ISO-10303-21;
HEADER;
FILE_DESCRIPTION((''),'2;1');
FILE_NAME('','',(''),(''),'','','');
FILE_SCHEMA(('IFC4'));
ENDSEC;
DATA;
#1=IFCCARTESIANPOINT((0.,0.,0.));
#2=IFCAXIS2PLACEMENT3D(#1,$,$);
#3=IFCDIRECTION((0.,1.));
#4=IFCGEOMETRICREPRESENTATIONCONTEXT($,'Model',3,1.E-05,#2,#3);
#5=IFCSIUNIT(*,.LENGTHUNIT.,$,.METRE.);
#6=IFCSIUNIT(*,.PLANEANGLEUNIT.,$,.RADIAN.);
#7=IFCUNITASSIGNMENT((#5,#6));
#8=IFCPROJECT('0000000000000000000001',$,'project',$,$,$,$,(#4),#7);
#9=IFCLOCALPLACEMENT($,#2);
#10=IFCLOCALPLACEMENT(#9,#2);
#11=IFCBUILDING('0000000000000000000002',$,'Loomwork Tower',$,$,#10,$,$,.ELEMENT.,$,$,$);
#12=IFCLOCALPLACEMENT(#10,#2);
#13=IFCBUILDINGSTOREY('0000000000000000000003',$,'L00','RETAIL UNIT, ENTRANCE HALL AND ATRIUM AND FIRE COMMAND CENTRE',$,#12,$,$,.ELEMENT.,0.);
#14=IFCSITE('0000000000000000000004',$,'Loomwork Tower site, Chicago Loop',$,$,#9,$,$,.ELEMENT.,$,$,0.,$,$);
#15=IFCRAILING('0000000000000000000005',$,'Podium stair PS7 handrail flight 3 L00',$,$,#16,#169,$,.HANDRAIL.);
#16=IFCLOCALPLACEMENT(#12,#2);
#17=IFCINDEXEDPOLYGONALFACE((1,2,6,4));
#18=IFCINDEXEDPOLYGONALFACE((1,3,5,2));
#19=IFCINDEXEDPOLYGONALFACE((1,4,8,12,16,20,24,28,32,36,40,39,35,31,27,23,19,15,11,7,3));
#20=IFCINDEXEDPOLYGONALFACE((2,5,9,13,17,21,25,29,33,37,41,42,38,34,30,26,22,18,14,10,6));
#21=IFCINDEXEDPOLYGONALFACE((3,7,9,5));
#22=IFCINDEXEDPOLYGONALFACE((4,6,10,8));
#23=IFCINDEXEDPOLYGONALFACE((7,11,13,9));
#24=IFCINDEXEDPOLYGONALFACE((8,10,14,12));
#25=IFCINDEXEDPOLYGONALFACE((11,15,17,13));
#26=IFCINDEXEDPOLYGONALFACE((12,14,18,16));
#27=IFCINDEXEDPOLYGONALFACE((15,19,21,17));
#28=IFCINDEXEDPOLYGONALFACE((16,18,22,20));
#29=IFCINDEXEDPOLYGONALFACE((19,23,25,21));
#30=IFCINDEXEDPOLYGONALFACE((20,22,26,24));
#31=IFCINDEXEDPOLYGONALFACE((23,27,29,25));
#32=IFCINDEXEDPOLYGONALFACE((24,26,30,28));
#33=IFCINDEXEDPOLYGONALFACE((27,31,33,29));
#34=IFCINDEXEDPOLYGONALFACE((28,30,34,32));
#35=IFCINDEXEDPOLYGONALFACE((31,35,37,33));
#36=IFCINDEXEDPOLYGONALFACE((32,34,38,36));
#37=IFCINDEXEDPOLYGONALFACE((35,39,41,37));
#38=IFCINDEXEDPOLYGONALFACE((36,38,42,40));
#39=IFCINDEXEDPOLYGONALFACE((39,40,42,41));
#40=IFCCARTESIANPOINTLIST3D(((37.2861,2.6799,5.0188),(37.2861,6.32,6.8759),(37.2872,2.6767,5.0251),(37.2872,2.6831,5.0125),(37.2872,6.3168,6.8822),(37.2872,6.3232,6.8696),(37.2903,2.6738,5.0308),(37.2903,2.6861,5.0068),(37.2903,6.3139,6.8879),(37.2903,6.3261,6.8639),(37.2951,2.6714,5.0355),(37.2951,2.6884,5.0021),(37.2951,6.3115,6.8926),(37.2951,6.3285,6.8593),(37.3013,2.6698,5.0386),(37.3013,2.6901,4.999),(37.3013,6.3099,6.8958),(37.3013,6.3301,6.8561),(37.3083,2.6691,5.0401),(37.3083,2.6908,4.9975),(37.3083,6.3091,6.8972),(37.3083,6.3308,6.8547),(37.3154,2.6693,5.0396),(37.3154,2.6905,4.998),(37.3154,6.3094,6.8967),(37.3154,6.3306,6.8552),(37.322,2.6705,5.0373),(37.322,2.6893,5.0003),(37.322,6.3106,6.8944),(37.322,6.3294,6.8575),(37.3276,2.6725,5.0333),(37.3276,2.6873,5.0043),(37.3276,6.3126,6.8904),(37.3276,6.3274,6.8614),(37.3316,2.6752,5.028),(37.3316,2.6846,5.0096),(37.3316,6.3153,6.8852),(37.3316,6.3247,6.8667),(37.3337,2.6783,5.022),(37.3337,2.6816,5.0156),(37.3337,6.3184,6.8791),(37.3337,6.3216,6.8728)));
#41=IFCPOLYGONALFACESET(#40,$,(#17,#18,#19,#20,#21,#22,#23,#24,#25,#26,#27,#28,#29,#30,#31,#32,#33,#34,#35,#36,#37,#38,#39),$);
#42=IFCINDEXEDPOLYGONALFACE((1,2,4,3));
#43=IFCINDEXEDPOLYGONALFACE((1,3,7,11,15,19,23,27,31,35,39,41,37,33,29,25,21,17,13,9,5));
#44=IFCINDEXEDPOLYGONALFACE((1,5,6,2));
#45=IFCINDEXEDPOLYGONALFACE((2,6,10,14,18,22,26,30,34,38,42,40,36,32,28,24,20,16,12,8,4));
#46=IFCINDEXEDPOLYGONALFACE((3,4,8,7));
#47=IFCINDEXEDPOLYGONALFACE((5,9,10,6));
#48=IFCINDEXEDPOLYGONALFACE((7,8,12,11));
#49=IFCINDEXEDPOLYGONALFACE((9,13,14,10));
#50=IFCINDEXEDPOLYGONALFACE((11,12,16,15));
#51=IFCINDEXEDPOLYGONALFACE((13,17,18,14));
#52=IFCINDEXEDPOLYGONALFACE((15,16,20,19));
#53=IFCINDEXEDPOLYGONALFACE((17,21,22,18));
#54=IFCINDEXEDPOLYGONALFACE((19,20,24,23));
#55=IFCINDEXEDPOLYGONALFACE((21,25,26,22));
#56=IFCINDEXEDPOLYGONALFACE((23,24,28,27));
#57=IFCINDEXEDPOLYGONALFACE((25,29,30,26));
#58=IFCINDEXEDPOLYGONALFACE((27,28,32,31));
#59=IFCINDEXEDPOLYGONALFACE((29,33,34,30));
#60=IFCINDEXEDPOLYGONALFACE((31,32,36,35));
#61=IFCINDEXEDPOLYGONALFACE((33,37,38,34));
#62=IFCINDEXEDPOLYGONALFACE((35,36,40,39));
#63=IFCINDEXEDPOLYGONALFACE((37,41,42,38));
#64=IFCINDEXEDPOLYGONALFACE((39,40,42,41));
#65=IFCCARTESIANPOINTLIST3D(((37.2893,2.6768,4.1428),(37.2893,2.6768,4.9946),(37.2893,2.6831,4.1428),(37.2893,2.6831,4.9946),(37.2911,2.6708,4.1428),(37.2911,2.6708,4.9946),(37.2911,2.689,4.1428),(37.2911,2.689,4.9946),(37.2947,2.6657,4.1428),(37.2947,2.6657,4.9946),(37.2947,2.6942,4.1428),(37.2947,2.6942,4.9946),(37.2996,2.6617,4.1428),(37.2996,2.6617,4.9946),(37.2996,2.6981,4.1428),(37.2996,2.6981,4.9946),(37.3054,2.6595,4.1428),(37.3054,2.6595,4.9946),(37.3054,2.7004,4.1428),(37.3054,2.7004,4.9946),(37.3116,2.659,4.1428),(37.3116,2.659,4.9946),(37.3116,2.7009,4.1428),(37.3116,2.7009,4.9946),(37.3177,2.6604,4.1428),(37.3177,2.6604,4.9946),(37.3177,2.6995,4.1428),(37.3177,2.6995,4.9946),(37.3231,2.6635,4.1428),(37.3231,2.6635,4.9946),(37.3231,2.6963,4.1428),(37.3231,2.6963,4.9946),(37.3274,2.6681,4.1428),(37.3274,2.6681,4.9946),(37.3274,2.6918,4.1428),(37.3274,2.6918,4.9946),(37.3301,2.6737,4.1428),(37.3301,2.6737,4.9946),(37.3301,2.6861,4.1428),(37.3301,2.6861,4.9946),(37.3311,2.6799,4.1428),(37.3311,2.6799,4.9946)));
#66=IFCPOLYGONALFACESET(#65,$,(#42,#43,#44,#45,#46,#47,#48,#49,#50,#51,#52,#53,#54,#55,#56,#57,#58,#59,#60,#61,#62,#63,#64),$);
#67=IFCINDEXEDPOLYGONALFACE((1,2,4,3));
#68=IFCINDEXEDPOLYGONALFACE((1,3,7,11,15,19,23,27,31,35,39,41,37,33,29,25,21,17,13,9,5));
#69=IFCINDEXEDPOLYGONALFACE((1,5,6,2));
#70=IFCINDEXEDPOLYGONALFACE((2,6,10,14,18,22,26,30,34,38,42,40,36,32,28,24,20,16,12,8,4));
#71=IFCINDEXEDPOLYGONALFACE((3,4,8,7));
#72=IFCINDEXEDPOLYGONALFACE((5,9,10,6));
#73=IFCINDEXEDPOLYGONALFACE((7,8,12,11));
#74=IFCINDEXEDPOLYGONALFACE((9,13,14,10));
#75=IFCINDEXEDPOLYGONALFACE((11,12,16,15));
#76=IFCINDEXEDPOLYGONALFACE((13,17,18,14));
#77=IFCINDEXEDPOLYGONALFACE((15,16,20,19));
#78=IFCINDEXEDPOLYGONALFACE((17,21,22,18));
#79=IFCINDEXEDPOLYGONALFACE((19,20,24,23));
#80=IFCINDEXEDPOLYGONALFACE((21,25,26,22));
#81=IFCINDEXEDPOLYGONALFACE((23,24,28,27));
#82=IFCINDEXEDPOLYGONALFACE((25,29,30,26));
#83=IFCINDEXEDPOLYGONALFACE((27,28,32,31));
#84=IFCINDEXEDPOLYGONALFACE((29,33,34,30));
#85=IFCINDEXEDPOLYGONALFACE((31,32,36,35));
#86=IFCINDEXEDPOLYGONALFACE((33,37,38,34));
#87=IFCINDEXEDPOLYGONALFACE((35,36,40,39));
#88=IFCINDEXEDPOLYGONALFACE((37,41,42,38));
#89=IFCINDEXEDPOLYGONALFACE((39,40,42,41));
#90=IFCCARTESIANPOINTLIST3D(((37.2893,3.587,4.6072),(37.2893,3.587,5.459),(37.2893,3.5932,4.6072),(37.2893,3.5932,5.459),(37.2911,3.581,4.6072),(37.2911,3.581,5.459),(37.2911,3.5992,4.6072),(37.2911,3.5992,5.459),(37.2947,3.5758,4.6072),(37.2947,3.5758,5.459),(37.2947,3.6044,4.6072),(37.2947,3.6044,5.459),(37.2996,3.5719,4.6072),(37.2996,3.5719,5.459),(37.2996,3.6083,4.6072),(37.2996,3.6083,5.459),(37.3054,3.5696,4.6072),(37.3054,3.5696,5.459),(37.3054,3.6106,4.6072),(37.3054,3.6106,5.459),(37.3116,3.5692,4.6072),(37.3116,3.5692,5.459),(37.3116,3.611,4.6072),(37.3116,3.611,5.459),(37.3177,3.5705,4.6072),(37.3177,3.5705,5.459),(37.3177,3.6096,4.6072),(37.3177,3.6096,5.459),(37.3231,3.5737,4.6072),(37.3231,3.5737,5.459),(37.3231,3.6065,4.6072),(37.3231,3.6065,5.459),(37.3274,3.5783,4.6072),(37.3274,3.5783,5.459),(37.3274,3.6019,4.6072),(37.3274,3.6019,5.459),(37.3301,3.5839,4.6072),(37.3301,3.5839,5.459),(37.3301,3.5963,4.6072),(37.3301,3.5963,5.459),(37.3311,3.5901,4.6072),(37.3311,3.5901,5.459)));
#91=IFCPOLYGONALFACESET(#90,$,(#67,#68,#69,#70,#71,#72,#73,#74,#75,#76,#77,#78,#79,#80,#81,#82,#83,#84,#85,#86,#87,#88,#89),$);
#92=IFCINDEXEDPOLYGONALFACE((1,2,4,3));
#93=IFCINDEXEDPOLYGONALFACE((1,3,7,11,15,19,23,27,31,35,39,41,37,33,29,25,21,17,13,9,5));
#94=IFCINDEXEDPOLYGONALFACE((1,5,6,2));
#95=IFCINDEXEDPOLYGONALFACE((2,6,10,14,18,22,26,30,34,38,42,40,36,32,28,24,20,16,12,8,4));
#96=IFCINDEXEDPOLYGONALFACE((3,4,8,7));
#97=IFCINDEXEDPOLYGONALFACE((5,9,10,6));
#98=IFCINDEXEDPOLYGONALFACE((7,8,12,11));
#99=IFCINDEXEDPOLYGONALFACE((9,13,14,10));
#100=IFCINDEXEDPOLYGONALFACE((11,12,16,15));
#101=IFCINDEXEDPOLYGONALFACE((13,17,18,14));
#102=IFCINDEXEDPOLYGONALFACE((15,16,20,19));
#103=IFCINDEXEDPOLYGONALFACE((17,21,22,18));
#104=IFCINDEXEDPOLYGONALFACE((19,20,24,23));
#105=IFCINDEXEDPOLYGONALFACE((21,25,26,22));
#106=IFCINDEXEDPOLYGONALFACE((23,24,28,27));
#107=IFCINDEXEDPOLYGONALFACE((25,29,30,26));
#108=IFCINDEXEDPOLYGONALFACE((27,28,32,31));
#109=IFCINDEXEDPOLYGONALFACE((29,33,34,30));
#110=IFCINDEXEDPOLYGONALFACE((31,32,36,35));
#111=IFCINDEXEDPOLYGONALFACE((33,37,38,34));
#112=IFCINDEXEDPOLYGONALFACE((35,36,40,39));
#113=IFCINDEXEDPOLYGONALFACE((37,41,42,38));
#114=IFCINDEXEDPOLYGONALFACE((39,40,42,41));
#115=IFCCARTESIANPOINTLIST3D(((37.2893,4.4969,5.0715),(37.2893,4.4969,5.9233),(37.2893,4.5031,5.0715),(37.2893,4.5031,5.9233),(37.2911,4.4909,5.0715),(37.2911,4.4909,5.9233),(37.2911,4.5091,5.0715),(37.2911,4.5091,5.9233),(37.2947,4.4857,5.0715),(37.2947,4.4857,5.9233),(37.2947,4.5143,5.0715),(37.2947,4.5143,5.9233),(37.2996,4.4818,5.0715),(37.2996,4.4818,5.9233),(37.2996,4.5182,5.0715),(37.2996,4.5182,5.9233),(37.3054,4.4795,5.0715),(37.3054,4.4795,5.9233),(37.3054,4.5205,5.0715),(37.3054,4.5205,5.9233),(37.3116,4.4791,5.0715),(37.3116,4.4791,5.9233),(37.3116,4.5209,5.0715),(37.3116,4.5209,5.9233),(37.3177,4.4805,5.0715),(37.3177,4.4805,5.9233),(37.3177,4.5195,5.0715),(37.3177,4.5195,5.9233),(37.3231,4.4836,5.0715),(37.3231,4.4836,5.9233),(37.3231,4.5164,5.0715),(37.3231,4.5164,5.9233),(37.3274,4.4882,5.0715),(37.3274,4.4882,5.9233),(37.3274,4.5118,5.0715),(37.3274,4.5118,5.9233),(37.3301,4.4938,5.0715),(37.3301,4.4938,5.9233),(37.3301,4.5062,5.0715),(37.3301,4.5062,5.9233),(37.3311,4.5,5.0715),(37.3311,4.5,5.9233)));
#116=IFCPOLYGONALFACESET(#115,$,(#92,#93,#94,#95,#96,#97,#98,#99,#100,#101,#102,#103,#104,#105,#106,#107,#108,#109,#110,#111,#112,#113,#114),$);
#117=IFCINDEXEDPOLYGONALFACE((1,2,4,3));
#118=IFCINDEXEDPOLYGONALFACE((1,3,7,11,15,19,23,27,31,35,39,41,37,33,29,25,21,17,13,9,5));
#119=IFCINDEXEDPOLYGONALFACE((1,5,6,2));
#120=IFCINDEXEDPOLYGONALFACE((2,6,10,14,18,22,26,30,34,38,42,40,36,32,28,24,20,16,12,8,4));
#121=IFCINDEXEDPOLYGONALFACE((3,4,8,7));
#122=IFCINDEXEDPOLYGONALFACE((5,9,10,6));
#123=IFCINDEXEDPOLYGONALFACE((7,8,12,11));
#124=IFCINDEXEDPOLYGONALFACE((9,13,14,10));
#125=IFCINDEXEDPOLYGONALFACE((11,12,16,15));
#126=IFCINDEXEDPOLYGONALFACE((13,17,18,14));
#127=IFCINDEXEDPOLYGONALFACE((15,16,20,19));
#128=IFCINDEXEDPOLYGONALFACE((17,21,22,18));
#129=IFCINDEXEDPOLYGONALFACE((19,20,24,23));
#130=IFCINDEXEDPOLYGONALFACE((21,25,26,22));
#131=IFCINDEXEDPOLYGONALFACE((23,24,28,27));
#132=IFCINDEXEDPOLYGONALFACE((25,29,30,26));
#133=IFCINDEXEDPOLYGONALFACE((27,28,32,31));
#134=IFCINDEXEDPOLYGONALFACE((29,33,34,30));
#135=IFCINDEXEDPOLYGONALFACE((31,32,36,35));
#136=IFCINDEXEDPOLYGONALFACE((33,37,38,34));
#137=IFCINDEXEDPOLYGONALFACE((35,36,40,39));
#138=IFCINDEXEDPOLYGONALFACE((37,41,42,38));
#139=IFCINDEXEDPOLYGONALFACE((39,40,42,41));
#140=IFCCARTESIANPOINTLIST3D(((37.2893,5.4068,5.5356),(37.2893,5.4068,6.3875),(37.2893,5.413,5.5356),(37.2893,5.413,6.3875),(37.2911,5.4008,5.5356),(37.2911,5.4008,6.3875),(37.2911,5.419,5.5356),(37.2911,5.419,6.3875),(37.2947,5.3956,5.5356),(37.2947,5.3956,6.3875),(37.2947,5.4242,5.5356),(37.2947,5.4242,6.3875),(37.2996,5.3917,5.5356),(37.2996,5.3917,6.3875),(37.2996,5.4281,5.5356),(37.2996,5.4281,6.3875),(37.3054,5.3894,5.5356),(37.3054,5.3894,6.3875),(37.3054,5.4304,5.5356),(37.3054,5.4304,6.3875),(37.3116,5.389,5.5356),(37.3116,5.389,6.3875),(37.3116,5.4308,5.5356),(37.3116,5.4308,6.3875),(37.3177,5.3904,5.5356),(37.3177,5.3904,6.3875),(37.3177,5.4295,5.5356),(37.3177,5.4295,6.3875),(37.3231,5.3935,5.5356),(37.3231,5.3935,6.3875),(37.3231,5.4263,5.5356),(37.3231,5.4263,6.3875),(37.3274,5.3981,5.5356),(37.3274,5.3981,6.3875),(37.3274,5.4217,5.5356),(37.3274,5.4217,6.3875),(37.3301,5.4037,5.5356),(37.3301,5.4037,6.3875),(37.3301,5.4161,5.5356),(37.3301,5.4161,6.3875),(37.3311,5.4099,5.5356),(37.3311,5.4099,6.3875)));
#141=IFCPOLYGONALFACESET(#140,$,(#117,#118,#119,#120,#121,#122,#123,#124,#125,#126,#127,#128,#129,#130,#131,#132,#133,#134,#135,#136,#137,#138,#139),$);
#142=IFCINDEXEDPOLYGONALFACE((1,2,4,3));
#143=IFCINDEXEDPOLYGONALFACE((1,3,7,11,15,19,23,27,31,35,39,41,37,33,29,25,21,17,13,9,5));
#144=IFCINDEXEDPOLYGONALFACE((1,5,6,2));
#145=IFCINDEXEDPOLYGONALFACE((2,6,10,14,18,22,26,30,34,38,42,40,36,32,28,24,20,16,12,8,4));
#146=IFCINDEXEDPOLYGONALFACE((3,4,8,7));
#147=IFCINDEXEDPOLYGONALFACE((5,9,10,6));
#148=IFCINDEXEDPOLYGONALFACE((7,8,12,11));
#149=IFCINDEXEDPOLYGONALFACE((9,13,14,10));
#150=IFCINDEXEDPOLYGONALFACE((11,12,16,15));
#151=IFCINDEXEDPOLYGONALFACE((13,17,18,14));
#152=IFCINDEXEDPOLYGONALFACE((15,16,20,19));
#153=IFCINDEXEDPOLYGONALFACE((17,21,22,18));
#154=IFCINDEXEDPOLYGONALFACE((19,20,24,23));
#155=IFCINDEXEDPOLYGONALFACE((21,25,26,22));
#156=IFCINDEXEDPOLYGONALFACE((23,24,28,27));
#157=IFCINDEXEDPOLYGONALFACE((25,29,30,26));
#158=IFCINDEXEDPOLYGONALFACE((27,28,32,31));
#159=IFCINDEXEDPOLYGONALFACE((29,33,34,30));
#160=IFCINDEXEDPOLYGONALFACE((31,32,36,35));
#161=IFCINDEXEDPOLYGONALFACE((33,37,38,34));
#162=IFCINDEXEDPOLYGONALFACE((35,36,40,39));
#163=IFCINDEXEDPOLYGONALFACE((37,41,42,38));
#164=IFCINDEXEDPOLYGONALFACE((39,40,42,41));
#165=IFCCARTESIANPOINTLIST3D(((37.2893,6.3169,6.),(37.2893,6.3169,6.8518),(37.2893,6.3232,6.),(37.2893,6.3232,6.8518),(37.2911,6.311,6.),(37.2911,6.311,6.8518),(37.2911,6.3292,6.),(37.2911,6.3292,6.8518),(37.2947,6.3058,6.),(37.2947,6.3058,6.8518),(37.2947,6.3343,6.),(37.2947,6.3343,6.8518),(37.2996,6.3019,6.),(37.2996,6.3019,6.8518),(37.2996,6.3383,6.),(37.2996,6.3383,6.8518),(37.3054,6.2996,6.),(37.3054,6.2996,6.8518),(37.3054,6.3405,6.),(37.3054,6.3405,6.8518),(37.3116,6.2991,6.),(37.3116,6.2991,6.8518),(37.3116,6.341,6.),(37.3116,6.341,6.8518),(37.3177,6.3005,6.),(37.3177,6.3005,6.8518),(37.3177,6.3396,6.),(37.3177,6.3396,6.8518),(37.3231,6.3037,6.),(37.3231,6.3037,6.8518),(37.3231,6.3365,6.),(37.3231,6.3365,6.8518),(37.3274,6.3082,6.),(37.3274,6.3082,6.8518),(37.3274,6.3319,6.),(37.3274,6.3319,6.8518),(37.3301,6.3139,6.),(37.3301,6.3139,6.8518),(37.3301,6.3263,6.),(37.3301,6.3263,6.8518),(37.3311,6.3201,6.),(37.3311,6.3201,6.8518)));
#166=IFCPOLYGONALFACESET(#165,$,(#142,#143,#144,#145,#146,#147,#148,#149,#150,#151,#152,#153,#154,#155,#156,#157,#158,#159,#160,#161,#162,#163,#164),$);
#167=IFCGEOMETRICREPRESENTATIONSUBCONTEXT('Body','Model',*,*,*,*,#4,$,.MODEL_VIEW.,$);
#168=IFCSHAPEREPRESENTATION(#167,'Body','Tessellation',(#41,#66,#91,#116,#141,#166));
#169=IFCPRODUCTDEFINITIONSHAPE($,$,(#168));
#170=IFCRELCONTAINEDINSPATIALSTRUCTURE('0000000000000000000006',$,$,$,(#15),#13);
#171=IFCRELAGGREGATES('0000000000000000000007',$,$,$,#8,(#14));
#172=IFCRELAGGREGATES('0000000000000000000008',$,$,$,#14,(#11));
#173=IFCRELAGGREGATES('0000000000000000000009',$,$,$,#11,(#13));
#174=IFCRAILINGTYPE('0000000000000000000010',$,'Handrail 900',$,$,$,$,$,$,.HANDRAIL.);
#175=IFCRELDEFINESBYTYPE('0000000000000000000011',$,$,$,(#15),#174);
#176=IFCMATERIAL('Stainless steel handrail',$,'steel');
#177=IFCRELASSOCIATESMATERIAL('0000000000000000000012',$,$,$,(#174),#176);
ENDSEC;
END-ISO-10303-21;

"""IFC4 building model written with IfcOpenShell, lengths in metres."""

from ifc_helpers import new_model, si_unit, direction, frame, origin, origin_2d, place, context, subcontext, project, spatial, circle, extrude, material, type_object, element, save


model = new_model("IFC4")

# Units and contexts
model_context = context("Model", 3, precision=1e-05, world=origin(), true_north=direction((0.0, 1.0)))
body_context = subcontext(model_context, "Body", "Model", "MODEL_VIEW")
ifc_project = project(units=[si_unit("LENGTHUNIT", "METRE"), si_unit("PLANEANGLEUNIT", "RADIAN")], contexts=[model_context])

# Site, building, storey
site_placement = place(None, origin())
site = spatial("IfcSite", under=ifc_project, at=site_placement, Name="Loomwork Tower site, Chicago Loop", CompositionType="ELEMENT", RefElevation=0.0)
building_placement = place(site_placement, origin())
building = spatial("IfcBuilding", under=site, at=building_placement, Name="Loomwork Tower", CompositionType="ELEMENT")
storey_placement = place(building_placement, origin())
storey = spatial("IfcBuildingStorey", under=building, at=storey_placement, Name="L00", Description="RETAIL UNIT, ENTRANCE HALL AND ATRIUM AND FIRE COMMAND CENTRE", CompositionType="ELEMENT", Elevation=0.0)

# Railing
ifc_material_1 = material(Name="Stainless steel handrail", Category="steel")
railing_type = type_object("IfcRailingType", Name="Handrail 900", PredefinedType="HANDRAIL", material=ifc_material_1)
railing_1_placement = place(storey_placement, frame((37.3101, 2.6799, 4.1428)))
element("IfcRailing", 1, at=railing_1_placement, inside=storey, type_object=railing_type, Name="Podium stair PS7 handrail flight 3 L00", PredefinedType="HANDRAIL", context=body_context, shape_type="SweptSolid", body=[
    extrude(circle(Radius=0.0239, at=origin_2d()), frame((0.0, 0.0, 0.876), z_axis=(0.0, 0.890765, 0.454464), x_axis=(-1.0, 0.0, 0.0)), (0.0, 0.0, 1.0), 4.0864),
    extrude(circle(Radius=0.021, at=origin_2d()), origin(), (0.0, 0.0, 1.0), 0.8518),
    extrude(circle(Radius=0.021, at=origin_2d()), frame((0.0, 0.9102, 0.4644)), (0.0, 0.0, 1.0), 0.8518),
    extrude(circle(Radius=0.021, at=origin_2d()), frame((0.0, 1.8201, 0.9287)), (0.0, 0.0, 1.0), 0.8518),
    extrude(circle(Radius=0.021, at=origin_2d()), frame((0.0, 2.73, 1.3928)), (0.0, 0.0, 1.0), 0.8518),
    extrude(circle(Radius=0.021, at=origin_2d()), frame((0.0, 3.6401, 1.8572)), (0.0, 0.0, 1.0), 0.8518),
])

save(model, "model.ifc")
